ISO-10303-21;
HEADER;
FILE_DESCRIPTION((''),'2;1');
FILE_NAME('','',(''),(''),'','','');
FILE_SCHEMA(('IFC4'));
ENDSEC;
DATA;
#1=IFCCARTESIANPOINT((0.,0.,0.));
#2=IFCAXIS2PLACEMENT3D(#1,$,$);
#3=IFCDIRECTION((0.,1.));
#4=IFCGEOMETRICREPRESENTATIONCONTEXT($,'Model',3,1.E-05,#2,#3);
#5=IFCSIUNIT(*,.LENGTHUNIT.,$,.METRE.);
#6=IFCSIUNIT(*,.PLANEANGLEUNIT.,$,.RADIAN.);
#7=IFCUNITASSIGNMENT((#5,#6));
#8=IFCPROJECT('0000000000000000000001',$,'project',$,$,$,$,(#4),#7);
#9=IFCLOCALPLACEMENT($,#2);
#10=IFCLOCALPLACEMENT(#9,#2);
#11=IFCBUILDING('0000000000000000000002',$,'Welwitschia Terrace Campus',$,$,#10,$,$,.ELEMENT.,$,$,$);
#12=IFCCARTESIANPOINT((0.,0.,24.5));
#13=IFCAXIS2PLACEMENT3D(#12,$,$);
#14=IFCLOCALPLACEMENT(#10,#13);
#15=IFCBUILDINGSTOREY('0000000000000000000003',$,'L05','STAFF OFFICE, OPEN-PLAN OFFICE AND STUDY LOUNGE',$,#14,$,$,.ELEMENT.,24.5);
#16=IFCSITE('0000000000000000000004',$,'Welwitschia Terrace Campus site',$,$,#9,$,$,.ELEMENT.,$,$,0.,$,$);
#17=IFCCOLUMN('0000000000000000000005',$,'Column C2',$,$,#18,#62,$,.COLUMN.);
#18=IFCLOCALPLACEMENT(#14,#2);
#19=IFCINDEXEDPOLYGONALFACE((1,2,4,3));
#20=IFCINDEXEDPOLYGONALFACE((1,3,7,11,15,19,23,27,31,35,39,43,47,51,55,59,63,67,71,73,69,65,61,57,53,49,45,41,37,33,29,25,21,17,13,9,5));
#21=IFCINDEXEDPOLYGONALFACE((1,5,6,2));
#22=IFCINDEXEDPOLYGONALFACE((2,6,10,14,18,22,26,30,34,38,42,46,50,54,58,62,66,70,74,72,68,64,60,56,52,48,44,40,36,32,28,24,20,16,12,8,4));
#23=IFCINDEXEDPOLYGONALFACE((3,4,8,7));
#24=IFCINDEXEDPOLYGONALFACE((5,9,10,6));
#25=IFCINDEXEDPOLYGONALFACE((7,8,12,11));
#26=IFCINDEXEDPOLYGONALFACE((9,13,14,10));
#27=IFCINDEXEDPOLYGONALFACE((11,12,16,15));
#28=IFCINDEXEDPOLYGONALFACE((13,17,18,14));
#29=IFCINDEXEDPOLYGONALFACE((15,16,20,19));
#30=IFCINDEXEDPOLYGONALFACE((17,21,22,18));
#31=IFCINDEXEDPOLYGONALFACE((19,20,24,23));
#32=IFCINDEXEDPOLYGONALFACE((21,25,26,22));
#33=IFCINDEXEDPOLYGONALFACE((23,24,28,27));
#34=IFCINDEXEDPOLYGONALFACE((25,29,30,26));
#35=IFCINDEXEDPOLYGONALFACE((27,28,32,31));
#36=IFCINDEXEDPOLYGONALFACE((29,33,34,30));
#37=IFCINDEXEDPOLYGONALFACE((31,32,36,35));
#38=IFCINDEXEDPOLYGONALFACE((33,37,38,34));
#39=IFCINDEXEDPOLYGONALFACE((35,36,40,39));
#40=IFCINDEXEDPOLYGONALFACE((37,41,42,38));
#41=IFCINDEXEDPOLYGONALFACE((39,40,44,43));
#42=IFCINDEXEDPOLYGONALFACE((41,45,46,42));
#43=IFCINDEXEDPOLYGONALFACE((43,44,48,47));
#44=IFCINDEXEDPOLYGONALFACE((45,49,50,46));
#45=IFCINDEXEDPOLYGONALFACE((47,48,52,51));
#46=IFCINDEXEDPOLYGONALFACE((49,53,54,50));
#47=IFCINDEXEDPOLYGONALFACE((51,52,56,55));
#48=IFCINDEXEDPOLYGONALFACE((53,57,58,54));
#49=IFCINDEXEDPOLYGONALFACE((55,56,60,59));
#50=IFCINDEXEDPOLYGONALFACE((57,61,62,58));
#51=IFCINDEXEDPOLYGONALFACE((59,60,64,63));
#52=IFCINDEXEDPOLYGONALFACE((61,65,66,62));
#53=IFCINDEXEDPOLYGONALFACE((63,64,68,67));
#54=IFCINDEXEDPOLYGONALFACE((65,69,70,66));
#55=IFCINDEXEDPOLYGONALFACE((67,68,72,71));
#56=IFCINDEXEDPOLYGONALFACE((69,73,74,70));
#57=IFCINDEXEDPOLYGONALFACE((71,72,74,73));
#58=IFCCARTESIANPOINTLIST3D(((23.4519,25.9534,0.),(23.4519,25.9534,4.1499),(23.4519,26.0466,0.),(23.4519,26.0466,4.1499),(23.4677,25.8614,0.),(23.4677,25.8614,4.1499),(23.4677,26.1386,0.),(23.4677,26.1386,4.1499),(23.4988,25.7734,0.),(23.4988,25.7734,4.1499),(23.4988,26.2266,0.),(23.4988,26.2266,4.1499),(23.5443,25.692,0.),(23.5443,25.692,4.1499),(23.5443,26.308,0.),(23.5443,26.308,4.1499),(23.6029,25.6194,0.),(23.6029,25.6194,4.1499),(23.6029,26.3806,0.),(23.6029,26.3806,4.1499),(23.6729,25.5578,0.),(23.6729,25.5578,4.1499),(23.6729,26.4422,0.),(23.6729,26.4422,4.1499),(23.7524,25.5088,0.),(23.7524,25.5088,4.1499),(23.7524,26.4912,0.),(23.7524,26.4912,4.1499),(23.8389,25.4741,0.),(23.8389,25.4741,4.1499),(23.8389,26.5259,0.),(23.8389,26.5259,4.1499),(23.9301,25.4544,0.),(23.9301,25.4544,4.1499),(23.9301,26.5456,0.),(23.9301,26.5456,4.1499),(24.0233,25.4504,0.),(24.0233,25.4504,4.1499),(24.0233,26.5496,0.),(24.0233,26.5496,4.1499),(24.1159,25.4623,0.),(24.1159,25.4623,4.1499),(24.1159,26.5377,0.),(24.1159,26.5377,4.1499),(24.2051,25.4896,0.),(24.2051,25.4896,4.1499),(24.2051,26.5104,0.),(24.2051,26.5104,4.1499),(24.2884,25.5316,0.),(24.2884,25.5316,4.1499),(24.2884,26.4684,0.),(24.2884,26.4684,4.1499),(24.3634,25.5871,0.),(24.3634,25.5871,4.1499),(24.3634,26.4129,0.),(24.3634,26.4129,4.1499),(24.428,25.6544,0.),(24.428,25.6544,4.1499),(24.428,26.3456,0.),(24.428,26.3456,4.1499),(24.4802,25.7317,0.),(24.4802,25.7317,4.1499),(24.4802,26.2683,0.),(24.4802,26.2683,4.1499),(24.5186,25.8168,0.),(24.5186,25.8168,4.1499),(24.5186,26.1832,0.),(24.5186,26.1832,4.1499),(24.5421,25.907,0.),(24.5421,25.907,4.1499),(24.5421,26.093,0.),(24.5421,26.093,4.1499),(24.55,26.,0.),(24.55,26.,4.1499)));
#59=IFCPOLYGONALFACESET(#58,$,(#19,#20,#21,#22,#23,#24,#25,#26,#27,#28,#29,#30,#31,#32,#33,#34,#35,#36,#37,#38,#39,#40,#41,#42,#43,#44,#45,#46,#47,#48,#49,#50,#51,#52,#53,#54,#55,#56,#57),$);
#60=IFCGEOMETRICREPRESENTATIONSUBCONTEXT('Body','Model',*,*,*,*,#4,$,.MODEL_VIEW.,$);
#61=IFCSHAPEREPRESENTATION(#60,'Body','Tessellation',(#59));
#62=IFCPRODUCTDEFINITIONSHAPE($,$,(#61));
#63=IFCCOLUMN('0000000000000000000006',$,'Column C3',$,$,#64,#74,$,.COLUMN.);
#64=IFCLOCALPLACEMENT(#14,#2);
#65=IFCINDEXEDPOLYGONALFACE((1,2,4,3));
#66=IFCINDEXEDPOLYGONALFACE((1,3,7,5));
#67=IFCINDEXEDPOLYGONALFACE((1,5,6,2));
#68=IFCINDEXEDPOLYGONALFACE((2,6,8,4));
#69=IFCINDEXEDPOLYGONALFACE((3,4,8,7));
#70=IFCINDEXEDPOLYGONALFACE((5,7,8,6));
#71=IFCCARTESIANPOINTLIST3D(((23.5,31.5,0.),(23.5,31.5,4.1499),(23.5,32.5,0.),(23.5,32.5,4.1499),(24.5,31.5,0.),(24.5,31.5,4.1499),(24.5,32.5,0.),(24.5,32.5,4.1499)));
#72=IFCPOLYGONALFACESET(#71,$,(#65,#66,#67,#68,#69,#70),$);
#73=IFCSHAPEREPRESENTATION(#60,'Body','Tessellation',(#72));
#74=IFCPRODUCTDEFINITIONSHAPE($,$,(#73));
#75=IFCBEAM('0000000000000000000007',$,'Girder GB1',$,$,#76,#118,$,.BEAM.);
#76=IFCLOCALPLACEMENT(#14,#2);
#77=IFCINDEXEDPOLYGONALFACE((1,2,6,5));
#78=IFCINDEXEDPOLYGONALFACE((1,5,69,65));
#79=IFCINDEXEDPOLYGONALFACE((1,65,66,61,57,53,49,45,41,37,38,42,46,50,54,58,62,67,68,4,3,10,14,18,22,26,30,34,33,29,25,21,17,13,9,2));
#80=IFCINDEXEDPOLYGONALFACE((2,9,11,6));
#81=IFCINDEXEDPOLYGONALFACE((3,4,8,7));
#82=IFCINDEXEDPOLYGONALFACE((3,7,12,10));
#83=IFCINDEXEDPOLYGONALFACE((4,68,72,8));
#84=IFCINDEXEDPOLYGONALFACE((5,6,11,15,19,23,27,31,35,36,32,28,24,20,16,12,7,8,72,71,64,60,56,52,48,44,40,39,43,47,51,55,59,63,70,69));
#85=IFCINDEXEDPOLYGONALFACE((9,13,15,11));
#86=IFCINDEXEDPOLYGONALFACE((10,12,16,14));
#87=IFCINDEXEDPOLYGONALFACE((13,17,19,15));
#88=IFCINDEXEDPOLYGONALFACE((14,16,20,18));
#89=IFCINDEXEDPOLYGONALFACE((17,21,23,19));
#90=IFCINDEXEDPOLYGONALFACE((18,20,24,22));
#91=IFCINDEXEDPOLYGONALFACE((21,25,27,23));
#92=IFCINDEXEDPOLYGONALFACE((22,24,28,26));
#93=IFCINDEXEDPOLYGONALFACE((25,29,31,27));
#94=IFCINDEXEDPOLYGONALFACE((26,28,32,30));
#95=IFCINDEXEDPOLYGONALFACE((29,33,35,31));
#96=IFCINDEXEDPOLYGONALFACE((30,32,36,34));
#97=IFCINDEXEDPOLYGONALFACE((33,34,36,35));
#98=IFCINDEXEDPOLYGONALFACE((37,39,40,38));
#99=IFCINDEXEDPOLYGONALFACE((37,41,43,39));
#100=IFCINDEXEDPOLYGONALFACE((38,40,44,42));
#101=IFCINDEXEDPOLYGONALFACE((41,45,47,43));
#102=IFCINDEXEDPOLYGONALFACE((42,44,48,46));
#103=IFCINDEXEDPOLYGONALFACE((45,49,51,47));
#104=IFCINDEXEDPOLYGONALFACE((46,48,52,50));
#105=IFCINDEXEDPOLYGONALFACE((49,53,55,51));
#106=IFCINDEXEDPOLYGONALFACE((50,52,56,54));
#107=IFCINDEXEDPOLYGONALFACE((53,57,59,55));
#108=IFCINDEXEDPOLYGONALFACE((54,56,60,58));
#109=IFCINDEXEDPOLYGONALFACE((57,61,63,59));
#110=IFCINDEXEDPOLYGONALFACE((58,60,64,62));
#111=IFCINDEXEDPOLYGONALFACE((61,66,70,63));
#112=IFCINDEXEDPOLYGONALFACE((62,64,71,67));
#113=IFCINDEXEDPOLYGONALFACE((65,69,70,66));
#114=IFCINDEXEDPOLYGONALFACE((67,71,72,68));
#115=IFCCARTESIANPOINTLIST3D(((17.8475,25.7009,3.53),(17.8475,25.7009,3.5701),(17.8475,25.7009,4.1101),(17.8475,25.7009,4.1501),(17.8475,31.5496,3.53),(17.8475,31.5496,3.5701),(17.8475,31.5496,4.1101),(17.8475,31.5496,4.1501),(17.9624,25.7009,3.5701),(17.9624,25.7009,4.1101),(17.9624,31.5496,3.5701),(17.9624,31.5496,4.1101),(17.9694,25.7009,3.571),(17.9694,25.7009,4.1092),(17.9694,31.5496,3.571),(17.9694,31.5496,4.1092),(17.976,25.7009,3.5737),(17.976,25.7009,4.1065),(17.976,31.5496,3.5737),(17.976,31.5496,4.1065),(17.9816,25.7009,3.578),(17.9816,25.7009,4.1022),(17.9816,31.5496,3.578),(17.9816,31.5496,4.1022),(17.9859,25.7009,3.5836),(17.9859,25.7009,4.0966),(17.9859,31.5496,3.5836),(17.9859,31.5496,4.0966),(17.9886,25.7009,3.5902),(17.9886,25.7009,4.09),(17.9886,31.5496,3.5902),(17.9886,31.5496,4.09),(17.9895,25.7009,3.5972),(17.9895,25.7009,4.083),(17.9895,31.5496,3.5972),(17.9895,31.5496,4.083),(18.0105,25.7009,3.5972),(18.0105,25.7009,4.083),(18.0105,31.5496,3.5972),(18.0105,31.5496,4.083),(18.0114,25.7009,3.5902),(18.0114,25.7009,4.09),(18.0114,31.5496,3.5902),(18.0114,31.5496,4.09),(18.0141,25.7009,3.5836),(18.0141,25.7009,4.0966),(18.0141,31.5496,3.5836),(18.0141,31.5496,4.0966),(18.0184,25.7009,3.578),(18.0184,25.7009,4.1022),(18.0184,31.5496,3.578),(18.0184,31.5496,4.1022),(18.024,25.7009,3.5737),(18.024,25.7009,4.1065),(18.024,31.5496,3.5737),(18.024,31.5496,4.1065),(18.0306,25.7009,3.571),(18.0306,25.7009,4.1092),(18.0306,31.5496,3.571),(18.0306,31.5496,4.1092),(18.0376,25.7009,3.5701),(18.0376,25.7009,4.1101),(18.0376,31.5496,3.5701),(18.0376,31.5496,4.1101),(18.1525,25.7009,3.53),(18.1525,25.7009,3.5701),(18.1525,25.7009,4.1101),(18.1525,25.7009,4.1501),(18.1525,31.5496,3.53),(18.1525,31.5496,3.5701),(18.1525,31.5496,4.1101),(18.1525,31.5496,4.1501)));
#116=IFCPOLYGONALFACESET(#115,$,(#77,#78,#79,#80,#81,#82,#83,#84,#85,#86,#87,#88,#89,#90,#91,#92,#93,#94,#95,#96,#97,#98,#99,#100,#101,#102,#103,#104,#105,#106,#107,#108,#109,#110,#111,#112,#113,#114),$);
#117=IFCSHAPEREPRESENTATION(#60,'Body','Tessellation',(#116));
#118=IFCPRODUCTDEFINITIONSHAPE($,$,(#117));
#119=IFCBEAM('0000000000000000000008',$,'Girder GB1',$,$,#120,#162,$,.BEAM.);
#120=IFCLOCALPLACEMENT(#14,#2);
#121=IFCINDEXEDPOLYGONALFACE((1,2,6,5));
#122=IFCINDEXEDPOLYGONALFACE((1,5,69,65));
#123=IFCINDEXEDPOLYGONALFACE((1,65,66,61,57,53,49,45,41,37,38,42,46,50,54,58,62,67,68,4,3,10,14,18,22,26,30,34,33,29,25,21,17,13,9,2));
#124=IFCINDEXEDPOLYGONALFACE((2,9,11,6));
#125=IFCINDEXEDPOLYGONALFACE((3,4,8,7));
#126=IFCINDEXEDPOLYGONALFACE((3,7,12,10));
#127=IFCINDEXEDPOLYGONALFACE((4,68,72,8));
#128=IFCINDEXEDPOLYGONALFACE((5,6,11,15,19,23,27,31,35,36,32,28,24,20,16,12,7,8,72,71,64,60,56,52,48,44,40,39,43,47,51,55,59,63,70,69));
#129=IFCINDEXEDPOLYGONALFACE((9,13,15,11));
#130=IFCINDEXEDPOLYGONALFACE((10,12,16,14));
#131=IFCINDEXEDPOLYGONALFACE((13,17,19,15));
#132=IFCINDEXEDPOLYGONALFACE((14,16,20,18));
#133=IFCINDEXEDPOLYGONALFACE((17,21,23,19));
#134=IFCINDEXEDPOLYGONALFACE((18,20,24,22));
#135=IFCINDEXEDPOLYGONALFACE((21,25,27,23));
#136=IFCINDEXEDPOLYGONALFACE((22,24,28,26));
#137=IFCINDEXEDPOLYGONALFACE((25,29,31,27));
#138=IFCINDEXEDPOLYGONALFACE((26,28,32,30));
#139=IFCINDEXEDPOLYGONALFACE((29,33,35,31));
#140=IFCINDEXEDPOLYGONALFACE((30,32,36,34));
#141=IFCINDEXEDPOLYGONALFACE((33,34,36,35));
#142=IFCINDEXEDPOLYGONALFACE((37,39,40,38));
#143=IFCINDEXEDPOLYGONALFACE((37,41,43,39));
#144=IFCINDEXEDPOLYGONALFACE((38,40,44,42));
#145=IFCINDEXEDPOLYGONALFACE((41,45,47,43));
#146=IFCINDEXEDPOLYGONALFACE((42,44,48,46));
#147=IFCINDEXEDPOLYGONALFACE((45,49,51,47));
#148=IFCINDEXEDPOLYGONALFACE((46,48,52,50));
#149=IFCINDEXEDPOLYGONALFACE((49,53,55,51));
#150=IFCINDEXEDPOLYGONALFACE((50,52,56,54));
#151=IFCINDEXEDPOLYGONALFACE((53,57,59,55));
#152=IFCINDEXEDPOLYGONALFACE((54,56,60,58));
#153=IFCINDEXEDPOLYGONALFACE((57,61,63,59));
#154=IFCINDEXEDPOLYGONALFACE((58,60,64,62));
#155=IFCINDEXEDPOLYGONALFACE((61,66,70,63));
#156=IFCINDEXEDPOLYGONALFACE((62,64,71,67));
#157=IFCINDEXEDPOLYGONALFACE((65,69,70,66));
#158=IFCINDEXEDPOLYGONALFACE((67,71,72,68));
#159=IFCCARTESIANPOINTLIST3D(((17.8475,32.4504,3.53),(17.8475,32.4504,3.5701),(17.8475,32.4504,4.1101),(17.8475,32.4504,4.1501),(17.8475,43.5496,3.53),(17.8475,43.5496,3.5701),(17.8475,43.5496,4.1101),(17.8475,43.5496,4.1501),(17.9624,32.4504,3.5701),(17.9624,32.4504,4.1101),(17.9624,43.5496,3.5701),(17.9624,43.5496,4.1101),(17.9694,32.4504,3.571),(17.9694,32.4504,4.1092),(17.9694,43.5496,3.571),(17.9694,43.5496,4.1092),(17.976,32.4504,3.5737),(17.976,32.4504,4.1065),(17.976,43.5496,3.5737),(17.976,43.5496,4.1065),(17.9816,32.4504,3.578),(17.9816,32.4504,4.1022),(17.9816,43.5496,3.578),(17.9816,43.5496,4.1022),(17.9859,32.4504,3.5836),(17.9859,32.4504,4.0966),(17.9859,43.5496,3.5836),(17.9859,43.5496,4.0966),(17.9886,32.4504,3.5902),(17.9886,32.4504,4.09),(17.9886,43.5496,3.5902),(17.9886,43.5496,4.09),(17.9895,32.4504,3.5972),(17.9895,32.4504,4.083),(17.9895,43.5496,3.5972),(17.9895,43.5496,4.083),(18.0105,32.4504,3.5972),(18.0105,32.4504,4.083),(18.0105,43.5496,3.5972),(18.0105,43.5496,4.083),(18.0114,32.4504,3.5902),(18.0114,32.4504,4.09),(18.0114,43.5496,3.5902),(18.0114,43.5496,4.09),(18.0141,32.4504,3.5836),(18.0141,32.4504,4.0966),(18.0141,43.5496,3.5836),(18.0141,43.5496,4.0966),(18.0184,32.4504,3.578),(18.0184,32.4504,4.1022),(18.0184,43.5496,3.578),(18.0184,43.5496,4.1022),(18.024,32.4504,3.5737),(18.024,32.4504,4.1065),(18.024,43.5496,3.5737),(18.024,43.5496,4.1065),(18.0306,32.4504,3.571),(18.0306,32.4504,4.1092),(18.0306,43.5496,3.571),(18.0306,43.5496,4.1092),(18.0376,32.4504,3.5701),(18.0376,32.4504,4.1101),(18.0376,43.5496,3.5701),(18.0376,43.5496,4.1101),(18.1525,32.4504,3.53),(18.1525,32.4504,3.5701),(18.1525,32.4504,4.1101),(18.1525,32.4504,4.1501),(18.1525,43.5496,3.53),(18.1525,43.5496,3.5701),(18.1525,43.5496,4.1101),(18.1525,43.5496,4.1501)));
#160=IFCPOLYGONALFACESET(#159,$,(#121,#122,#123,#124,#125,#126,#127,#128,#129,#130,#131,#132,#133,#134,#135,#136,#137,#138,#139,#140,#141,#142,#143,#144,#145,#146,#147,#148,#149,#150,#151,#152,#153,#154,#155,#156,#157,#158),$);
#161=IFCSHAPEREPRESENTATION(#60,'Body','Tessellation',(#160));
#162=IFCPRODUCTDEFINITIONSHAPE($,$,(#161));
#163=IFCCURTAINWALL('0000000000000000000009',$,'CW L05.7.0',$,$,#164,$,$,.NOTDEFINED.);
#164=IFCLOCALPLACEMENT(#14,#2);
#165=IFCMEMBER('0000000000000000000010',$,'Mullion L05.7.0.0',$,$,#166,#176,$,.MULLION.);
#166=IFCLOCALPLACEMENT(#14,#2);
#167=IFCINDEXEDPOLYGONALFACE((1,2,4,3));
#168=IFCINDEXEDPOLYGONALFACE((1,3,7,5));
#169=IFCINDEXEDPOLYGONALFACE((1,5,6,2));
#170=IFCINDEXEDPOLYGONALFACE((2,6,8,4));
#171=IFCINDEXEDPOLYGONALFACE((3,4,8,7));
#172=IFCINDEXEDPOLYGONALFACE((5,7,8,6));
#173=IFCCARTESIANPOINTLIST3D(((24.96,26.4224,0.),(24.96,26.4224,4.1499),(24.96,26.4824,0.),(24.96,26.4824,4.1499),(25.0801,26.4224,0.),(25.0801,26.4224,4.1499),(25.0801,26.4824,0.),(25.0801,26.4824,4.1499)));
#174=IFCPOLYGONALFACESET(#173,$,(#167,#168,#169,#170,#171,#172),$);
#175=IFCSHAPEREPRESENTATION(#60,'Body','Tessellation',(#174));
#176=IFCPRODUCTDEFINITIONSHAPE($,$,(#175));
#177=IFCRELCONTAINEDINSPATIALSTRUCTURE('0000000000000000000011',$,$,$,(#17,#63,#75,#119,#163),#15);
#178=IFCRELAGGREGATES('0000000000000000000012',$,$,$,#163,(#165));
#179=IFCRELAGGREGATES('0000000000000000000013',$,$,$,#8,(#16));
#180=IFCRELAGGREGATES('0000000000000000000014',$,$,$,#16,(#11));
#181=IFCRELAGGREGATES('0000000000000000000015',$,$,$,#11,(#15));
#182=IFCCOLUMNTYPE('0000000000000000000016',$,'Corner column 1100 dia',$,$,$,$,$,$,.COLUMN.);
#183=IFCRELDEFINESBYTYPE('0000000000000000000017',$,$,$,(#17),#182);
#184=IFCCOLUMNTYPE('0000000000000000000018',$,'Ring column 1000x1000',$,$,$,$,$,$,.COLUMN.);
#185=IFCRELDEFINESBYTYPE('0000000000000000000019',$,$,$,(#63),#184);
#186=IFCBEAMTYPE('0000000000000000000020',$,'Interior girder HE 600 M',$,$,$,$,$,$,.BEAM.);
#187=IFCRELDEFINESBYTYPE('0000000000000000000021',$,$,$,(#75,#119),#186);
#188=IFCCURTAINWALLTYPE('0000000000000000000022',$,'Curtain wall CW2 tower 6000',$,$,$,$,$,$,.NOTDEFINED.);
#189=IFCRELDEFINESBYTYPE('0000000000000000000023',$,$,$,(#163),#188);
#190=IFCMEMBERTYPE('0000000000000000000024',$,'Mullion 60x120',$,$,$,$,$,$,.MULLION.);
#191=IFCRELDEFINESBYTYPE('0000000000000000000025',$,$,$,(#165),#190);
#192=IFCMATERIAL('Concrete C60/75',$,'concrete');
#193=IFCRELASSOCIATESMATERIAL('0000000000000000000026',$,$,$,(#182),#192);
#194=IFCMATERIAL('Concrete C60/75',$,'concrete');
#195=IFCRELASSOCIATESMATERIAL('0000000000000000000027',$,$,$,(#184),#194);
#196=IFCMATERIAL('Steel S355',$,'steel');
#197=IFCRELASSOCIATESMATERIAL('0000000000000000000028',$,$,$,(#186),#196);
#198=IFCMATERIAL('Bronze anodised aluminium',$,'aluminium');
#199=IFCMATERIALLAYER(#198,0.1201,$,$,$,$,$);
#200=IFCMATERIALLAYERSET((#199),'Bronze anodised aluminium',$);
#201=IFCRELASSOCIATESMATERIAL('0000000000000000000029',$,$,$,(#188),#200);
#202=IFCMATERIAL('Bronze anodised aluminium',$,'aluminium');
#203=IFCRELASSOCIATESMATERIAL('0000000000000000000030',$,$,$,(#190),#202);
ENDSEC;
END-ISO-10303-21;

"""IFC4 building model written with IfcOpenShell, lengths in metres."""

from ifc_helpers import new_model, si_unit, direction, frame, origin, origin_2d, place, context, subcontext, project, spatial, rectangle, circle, i_section, extrude, material, layer, layer_set, material_profile, profile_set, type_object, element, aggregate, save


model = new_model("IFC4")

# Units and contexts
model_context = context("Model", 3, precision=1e-05, world=origin(), true_north=direction((0.0, 1.0)))
body_context = subcontext(model_context, "Body", "Model", "MODEL_VIEW")
ifc_project = project(units=[si_unit("LENGTHUNIT", "METRE"), si_unit("PLANEANGLEUNIT", "RADIAN")], contexts=[model_context])

# Site, building, storey
site_placement = place(None, origin())
site = spatial("IfcSite", under=ifc_project, at=site_placement, Name="Welwitschia Terrace Campus site", CompositionType="ELEMENT", RefElevation=0.0)
building_placement = place(site_placement, origin())
building = spatial("IfcBuilding", under=site, at=building_placement, Name="Welwitschia Terrace Campus", CompositionType="ELEMENT")
storey_placement = place(building_placement, frame((0.0, 0.0, 24.5)))
storey = spatial("IfcBuildingStorey", under=building, at=storey_placement, Name="L05", Description="STAFF OFFICE, OPEN-PLAN OFFICE AND STUDY LOUNGE", CompositionType="ELEMENT", Elevation=24.5)

# Columns
ifc_material_1 = material(Name="Concrete C60/75", Category="concrete")
ifc_material_profile_1 = material_profile(ifc_material_1, circle(Radius=0.55, at=origin_2d()))
ifc_profile_set_1 = profile_set([ifc_material_profile_1], Name="Concrete C60/75")
column_type_1 = type_object("IfcColumnType", Name="Corner column 1100 dia", PredefinedType="COLUMN", material=ifc_profile_set_1)
column_1_placement = place(storey_placement, frame((24.0, 26.0, 0.0), z_axis=(0.0, 0.0, 1.0), x_axis=(1.0, 0.0, 0.0)))
element("IfcColumn", 1, at=column_1_placement, inside=storey, type_object=column_type_1, Name="Column C2", PredefinedType="COLUMN", context=body_context, shape_type="SweptSolid", body=[
    extrude(circle(Radius=0.55, at=origin_2d()), origin(), (0.0, 0.0, 1.0), 4.1499),
])
ifc_material_2 = material(Name="Concrete C60/75", Category="concrete")
ifc_material_profile_2 = material_profile(ifc_material_2, rectangle(XDim=1.0, YDim=1.0, at=origin_2d()))
ifc_profile_set_2 = profile_set([ifc_material_profile_2], Name="Concrete C60/75")
column_type_2 = type_object("IfcColumnType", Name="Ring column 1000x1000", PredefinedType="COLUMN", material=ifc_profile_set_2)
column_2_placement = place(storey_placement, frame((24.0, 32.0, 0.0), z_axis=(0.0, 0.0, 1.0), x_axis=(1.0, 0.0, 0.0)))
element("IfcColumn", 2, at=column_2_placement, inside=storey, type_object=column_type_2, Name="Column C3", PredefinedType="COLUMN", context=body_context, shape_type="SweptSolid", body=[
    extrude(rectangle(XDim=1.0, YDim=1.0, at=origin_2d()), origin(), (0.0, 0.0, 1.0), 4.1499),
])

# Beams
ifc_material_3 = material(Name="Steel S355", Category="steel")
ifc_material_profile_3 = material_profile(ifc_material_3, i_section(OverallWidth=0.3049, OverallDepth=0.6201, WebThickness=0.021, FlangeThickness=0.04, FilletRadius=0.0271, at=origin_2d()))
ifc_profile_set_3 = profile_set([ifc_material_profile_3], Name="Steel S355")
beam_type_1 = type_object("IfcBeamType", Name="Interior girder HE 600 M", PredefinedType="BEAM", material=ifc_profile_set_3)
beam_1_placement = place(storey_placement, frame((18.0, 25.7009, 3.8401), z_axis=(0.0, 1.0, 0.0), x_axis=(-1.0, 0.0, 0.0)))
element("IfcBeam", 3, at=beam_1_placement, inside=storey, type_object=beam_type_1, Name="Girder GB1", PredefinedType="BEAM", context=body_context, shape_type="SweptSolid", body=[
    extrude(i_section(OverallWidth=0.3049, OverallDepth=0.6201, WebThickness=0.021, FlangeThickness=0.04, FilletRadius=0.0271, at=origin_2d()), origin(), (0.0, 0.0, 1.0), 5.8486),
])
beam_2_placement = place(storey_placement, frame((18.0, 32.4504, 3.8401), z_axis=(0.0, 1.0, 0.0), x_axis=(-1.0, 0.0, 0.0)))
element("IfcBeam", 4, at=beam_2_placement, inside=storey, type_object=beam_type_1, Name="Girder GB1", PredefinedType="BEAM", context=body_context, shape_type="SweptSolid", body=[
    extrude(i_section(OverallWidth=0.3049, OverallDepth=0.6201, WebThickness=0.021, FlangeThickness=0.04, FilletRadius=0.0271, at=origin_2d()), origin(), (0.0, 0.0, 1.0), 11.0991),
])

# Curtain wall, member
ifc_material_4 = material(Name="Bronze anodised aluminium", Category="aluminium")
ifc_layer_1 = layer(ifc_material_4, 0.1201)
ifc_layer_set_1 = layer_set([ifc_layer_1], Name="Bronze anodised aluminium")
curtain_wall_type = type_object("IfcCurtainWallType", Name="Curtain wall CW2 tower 6000", PredefinedType="NOTDEFINED", material=ifc_layer_set_1)
curtain_wall_placement = place(storey_placement, origin())
curtain_wall = element("IfcCurtainWall", 5, at=curtain_wall_placement, inside=storey, type_object=curtain_wall_type, Name="CW L05.7.0", PredefinedType="NOTDEFINED")
ifc_material_5 = material(Name="Bronze anodised aluminium", Category="aluminium")
ifc_material_profile_4 = material_profile(ifc_material_5, rectangle(XDim=0.1201, YDim=0.0601, at=origin_2d()))
ifc_profile_set_4 = profile_set([ifc_material_profile_4], Name="Bronze anodised aluminium")
member_type_1 = type_object("IfcMemberType", Name="Mullion 60x120", PredefinedType="MULLION", material=ifc_profile_set_4)
member_1_placement = place(storey_placement, frame((25.02, 26.4524, 0.0), z_axis=(0.0, 0.0, 1.0), x_axis=(-1.0, 0.0, 0.0)))
member_1 = element("IfcMember", 6, at=member_1_placement, type_object=member_type_1, Name="Mullion L05.7.0.0", PredefinedType="MULLION", context=body_context, shape_type="SweptSolid", body=[
    extrude(rectangle(XDim=0.1201, YDim=0.0601, at=origin_2d()), origin(), (0.0, 0.0, 1.0), 4.1499),
])

aggregate(curtain_wall, [member_1])

save(model, "model.ifc")
